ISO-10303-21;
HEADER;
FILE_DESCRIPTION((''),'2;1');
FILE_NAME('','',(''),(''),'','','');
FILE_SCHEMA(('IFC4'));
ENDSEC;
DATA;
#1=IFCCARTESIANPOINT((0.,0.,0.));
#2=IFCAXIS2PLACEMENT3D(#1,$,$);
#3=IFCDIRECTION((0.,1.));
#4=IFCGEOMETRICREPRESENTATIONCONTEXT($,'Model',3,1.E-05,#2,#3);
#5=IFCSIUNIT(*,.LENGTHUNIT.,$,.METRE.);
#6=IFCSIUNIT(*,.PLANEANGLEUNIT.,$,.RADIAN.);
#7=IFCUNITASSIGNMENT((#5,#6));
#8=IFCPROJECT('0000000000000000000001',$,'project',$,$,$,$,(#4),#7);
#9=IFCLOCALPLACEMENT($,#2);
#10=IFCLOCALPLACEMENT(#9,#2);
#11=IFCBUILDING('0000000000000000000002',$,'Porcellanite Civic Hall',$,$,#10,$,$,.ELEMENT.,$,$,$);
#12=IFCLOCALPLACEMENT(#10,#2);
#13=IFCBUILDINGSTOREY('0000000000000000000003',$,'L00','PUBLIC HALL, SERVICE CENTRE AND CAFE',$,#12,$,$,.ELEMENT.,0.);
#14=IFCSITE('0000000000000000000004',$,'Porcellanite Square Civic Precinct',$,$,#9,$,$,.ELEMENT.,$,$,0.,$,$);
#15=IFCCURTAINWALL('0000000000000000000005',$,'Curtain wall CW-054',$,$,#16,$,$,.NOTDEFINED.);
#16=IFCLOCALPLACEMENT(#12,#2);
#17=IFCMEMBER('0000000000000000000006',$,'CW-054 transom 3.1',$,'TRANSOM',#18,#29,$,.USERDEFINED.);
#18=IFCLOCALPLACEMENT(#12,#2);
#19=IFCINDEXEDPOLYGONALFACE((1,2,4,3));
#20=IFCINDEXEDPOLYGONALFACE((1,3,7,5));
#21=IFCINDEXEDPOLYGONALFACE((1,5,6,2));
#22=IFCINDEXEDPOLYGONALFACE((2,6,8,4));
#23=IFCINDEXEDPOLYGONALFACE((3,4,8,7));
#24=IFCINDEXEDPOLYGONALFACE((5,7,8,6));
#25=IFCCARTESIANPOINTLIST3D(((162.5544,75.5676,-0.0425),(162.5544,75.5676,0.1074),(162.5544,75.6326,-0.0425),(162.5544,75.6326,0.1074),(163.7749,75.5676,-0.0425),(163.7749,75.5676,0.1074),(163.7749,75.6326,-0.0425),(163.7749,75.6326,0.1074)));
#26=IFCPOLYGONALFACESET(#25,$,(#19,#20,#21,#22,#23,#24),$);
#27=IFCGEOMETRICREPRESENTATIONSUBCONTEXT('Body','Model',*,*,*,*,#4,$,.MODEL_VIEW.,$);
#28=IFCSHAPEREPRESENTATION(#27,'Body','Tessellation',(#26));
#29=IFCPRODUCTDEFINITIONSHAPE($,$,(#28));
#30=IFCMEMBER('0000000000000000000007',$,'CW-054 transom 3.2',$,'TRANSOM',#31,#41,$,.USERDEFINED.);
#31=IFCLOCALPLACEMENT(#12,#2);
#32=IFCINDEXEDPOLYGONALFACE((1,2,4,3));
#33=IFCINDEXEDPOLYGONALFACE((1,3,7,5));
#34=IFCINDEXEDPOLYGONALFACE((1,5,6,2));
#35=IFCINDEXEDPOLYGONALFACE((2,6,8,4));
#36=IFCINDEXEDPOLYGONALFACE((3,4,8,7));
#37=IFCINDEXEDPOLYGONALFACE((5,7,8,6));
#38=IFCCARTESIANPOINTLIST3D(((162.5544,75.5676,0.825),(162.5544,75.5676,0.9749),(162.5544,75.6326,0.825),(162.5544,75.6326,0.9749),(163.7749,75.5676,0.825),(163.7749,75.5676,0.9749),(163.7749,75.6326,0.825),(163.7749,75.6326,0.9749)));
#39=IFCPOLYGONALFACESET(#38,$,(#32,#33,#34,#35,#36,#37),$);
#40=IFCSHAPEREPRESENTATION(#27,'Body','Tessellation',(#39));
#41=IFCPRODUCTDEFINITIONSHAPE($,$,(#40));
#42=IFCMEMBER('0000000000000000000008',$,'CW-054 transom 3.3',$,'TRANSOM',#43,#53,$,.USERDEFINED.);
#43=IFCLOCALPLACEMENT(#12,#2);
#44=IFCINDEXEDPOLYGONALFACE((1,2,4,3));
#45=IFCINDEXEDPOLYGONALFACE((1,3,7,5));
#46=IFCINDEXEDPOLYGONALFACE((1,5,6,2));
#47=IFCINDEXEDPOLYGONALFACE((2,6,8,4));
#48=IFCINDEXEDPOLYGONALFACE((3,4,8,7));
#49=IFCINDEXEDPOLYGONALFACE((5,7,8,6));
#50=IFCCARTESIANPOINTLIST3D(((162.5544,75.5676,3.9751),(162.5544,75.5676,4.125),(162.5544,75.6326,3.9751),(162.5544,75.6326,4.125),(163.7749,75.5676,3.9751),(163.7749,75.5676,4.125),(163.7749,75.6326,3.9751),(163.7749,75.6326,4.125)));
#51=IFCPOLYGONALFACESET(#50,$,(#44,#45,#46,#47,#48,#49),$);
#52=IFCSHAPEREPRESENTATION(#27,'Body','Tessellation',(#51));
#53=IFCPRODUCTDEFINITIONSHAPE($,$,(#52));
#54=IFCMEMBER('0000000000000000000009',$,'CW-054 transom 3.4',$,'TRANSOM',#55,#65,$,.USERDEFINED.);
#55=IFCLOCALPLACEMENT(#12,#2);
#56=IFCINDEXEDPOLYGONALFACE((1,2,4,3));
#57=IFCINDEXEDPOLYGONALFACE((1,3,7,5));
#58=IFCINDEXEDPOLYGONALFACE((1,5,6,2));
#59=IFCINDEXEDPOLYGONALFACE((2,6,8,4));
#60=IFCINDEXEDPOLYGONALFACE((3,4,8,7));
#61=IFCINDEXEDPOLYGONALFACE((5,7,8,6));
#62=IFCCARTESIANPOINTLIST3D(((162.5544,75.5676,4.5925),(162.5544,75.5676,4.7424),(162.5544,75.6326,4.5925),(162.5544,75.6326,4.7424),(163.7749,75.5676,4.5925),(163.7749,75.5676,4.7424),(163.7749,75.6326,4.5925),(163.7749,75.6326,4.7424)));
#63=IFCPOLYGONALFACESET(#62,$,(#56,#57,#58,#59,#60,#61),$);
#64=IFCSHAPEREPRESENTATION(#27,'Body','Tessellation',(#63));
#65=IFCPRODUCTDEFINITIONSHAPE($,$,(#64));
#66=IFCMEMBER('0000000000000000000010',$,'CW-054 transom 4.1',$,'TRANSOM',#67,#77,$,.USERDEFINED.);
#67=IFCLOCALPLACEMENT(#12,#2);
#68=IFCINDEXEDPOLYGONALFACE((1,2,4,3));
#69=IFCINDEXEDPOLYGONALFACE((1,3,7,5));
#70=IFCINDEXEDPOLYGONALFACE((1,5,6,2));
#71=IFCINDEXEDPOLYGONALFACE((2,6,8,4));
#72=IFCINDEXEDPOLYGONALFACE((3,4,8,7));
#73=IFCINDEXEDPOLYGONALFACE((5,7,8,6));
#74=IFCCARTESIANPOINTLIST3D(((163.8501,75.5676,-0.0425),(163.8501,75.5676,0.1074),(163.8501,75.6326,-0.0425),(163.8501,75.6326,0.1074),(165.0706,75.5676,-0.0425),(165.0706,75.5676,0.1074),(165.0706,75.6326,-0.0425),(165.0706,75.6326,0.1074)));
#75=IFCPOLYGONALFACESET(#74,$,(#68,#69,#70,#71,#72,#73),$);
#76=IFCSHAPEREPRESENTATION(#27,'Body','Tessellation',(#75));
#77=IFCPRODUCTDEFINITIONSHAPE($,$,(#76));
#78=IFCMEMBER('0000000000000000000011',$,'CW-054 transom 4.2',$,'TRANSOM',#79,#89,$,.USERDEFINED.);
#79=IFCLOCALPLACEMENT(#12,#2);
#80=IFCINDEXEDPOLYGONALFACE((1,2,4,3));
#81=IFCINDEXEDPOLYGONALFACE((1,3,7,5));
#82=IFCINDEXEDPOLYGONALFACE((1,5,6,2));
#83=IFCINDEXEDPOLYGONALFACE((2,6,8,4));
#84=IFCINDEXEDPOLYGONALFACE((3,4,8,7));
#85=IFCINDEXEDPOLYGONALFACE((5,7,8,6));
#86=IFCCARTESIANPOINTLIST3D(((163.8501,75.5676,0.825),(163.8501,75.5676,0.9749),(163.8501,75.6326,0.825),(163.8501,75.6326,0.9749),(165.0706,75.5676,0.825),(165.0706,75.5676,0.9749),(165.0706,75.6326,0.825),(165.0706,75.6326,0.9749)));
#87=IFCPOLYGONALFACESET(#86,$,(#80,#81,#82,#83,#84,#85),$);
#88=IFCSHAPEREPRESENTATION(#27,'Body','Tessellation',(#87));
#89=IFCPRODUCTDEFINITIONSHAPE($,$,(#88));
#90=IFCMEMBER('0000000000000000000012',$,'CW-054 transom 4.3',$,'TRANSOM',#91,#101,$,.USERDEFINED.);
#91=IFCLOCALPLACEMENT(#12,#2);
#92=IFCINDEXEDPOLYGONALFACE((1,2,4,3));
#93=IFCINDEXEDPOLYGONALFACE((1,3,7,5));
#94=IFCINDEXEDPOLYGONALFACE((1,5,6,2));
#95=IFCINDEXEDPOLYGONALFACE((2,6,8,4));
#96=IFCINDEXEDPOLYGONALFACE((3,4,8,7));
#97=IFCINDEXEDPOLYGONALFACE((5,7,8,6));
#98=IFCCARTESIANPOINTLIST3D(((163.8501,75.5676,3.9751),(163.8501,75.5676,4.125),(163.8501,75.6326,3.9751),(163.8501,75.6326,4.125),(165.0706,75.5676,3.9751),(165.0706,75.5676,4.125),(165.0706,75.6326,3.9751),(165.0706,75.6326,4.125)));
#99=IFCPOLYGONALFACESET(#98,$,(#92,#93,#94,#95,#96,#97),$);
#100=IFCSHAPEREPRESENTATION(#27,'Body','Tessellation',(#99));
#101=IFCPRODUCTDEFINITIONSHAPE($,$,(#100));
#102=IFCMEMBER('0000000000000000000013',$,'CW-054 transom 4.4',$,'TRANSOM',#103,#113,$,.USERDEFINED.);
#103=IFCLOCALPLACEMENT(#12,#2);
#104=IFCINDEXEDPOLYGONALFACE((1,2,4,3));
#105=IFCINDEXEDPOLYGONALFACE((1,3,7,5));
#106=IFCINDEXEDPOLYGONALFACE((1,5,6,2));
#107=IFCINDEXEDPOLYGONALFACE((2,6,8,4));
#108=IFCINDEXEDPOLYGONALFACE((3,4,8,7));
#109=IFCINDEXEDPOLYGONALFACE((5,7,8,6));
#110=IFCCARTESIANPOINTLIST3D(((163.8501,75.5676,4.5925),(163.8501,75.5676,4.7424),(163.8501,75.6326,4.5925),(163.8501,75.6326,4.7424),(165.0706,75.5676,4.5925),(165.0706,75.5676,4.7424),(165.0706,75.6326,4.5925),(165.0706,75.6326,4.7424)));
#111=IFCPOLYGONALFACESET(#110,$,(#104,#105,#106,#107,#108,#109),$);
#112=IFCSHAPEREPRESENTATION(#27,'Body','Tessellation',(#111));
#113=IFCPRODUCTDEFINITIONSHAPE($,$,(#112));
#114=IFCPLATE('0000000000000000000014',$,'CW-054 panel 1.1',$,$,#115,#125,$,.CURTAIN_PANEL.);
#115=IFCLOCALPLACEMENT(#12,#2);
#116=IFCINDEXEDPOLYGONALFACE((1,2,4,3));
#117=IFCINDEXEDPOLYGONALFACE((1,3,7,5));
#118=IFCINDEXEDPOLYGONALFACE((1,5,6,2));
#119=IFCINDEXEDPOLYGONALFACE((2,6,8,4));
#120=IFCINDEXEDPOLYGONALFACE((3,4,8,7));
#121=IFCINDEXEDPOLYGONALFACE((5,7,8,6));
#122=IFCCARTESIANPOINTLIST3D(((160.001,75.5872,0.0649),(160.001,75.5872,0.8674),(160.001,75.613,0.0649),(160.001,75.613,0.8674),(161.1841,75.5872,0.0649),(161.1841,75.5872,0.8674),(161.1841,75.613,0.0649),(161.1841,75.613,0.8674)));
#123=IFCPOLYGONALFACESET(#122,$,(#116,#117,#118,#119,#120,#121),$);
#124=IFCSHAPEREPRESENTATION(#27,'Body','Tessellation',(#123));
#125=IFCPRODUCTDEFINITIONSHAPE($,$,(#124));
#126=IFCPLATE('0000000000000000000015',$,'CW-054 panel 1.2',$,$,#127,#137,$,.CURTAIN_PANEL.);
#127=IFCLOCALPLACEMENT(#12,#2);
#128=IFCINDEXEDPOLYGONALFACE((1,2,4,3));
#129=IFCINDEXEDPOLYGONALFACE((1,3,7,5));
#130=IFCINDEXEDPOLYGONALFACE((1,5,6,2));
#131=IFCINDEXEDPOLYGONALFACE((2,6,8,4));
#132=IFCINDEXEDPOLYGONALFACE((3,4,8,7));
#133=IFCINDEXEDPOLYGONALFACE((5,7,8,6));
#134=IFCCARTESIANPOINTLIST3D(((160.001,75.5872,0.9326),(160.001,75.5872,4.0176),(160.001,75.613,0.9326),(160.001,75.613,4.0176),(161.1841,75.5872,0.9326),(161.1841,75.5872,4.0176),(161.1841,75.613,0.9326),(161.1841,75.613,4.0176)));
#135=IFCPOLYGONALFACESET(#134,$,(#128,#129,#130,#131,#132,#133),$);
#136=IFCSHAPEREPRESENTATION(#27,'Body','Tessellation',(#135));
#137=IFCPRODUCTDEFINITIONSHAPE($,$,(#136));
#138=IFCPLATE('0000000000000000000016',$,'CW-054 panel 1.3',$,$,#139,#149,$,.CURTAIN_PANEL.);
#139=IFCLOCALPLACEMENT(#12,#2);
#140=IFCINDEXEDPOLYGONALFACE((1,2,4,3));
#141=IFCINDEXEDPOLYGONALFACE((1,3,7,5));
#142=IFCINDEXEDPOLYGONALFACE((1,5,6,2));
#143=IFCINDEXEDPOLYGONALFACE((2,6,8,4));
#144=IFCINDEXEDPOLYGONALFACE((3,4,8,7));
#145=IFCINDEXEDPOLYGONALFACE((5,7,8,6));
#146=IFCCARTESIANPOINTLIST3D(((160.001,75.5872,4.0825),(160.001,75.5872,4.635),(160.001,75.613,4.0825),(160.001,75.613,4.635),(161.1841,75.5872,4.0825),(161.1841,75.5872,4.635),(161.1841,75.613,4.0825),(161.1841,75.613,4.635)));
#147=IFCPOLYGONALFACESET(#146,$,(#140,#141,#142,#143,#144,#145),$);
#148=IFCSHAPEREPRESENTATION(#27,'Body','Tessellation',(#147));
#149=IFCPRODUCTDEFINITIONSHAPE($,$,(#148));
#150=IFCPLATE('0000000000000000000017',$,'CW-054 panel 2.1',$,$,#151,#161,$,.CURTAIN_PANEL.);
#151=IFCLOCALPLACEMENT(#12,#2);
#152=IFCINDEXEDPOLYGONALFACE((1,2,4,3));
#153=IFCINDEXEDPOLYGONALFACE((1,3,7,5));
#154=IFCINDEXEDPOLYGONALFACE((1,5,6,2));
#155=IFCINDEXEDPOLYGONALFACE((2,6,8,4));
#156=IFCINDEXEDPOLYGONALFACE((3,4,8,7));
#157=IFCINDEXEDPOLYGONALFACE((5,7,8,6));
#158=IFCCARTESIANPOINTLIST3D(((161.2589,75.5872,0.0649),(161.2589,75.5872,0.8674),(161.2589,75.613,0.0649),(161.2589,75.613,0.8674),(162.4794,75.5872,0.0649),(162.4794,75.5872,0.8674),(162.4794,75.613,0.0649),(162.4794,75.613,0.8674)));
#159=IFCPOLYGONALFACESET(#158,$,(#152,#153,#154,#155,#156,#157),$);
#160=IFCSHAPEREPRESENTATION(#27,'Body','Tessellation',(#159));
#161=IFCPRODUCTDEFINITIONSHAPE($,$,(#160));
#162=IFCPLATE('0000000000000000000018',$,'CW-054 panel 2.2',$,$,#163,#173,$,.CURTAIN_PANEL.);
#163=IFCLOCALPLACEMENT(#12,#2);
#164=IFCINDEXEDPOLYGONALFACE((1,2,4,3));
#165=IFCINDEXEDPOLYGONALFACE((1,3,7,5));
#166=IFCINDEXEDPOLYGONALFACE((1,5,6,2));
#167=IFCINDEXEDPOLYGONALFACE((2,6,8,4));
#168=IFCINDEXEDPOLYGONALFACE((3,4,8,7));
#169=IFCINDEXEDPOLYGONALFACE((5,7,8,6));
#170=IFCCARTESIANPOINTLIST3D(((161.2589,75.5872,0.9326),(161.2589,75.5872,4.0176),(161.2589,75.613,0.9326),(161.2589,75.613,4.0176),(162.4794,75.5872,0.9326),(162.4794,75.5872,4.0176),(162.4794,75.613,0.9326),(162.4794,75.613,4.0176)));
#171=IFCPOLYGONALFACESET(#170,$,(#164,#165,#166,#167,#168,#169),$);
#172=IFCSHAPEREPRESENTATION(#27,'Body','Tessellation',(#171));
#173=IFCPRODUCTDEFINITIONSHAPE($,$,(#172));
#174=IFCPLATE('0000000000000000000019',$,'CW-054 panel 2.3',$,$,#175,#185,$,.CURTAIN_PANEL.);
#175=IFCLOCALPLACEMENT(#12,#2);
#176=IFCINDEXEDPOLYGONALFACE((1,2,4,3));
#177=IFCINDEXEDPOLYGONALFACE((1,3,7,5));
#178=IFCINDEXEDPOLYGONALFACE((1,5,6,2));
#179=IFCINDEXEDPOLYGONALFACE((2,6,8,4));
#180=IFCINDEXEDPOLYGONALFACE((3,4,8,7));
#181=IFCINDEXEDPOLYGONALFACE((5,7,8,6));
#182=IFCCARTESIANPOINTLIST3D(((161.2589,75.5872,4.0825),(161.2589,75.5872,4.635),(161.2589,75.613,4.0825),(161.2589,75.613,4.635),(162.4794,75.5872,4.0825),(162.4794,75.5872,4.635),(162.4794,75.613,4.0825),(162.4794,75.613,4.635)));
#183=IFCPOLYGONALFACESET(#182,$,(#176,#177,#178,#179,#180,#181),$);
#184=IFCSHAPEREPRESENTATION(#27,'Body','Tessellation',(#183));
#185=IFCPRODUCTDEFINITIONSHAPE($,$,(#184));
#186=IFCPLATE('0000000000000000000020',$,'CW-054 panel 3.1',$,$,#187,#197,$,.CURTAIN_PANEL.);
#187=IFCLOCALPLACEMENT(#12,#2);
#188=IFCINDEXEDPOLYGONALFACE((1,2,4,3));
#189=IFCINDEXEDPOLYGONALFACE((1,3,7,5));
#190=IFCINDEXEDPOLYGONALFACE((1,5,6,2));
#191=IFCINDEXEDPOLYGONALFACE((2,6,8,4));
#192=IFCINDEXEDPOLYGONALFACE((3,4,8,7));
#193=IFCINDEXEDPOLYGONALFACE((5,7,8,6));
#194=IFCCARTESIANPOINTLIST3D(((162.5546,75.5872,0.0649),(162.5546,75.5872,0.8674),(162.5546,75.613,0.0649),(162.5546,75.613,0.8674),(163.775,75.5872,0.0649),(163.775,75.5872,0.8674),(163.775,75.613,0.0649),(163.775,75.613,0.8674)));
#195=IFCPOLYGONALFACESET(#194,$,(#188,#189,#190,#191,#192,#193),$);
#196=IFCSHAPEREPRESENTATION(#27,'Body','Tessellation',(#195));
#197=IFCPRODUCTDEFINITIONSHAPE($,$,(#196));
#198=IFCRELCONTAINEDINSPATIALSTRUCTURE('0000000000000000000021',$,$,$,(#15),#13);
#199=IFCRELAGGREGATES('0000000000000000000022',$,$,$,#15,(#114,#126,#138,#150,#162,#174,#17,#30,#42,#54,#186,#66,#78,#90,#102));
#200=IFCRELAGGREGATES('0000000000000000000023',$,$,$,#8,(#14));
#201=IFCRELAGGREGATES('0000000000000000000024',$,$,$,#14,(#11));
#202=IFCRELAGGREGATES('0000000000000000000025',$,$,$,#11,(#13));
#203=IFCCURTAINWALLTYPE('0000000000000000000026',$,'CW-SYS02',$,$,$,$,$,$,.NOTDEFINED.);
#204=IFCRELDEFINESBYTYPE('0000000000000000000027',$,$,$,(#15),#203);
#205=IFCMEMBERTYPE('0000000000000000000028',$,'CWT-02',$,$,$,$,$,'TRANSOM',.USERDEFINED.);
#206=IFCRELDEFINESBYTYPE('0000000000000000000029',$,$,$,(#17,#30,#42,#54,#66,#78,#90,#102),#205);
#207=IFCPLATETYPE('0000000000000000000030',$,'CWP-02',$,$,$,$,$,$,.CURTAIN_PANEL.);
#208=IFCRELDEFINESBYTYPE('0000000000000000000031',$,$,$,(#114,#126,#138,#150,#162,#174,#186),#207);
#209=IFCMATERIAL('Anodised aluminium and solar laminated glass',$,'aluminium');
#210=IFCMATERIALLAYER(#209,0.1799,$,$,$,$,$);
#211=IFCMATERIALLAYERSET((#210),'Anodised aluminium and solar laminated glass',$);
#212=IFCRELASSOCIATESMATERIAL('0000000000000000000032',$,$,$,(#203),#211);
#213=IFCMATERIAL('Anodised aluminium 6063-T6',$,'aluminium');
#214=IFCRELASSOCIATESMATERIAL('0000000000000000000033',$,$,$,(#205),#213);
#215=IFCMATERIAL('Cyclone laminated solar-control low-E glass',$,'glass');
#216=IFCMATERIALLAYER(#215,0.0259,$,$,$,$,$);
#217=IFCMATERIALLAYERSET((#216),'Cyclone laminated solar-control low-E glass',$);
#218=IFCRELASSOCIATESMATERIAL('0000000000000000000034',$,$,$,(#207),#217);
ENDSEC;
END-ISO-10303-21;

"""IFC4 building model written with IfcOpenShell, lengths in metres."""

from ifc_helpers import new_model, si_unit, direction, frame, origin, origin_2d, place, context, subcontext, project, spatial, rectangle, extrude, material, layer, layer_set, material_profile, profile_set, type_object, element, aggregate, save


model = new_model("IFC4")

# Units and contexts
model_context = context("Model", 3, precision=1e-05, world=origin(), true_north=direction((0.0, 1.0)))
body_context = subcontext(model_context, "Body", "Model", "MODEL_VIEW")
ifc_project = project(units=[si_unit("LENGTHUNIT", "METRE"), si_unit("PLANEANGLEUNIT", "RADIAN")], contexts=[model_context])

# Site, building, storey
site_placement = place(None, origin())
site = spatial("IfcSite", under=ifc_project, at=site_placement, Name="Porcellanite Square Civic Precinct", CompositionType="ELEMENT", RefElevation=0.0)
building_placement = place(site_placement, origin())
building = spatial("IfcBuilding", under=site, at=building_placement, Name="Porcellanite Civic Hall", CompositionType="ELEMENT")
storey_placement = place(building_placement, origin())
storey = spatial("IfcBuildingStorey", under=building, at=storey_placement, Name="L00", Description="PUBLIC HALL, SERVICE CENTRE AND CAFE", CompositionType="ELEMENT", Elevation=0.0)

# Curtain wall, members, plates
ifc_material_1 = material(Name="Anodised aluminium and solar laminated glass", Category="aluminium")
ifc_layer_1 = layer(ifc_material_1, 0.1799)
ifc_layer_set_1 = layer_set([ifc_layer_1], Name="Anodised aluminium and solar laminated glass")
curtain_wall_type = type_object("IfcCurtainWallType", Name="CW-SYS02", PredefinedType="NOTDEFINED", material=ifc_layer_set_1)
curtain_wall_placement = place(storey_placement, origin())
curtain_wall = element("IfcCurtainWall", 1, at=curtain_wall_placement, inside=storey, type_object=curtain_wall_type, Name="Curtain wall CW-054", PredefinedType="NOTDEFINED")
ifc_material_2 = material(Name="Anodised aluminium 6063-T6", Category="aluminium")
ifc_material_profile_1 = material_profile(ifc_material_2, rectangle(XDim=0.0649, YDim=0.1499, at=origin_2d()), Name="AL-65x150")
ifc_profile_set_1 = profile_set([ifc_material_profile_1], Name="Anodised aluminium 6063-T6")
member_type_1 = type_object("IfcMemberType", Name="CWT-02", ElementType="TRANSOM", PredefinedType="USERDEFINED", material=ifc_profile_set_1)
member_1_placement = place(storey_placement, frame((162.5544, 75.6001, 0.0325), z_axis=(1.0, 0.0, 0.0), x_axis=(0.0, 1.0, 0.0)))
member_1 = element("IfcMember", 2, at=member_1_placement, type_object=member_type_1, Name="CW-054 transom 3.1", ObjectType="TRANSOM", PredefinedType="USERDEFINED", context=body_context, shape_type="SweptSolid", body=[
    extrude(rectangle(XDim=0.0649, YDim=0.1499, at=origin_2d()), origin(), (0.0, 0.0, 1.0), 1.2205),
])
member_2_placement = place(storey_placement, frame((162.5544, 75.6001, 0.8999), z_axis=(1.0, 0.0, 0.0), x_axis=(0.0, 1.0, 0.0)))
member_2 = element("IfcMember", 3, at=member_2_placement, type_object=member_type_1, Name="CW-054 transom 3.2", ObjectType="TRANSOM", PredefinedType="USERDEFINED", context=body_context, shape_type="SweptSolid", body=[
    extrude(rectangle(XDim=0.0649, YDim=0.1499, at=origin_2d()), origin(), (0.0, 0.0, 1.0), 1.2205),
])
member_3_placement = place(storey_placement, frame((162.5544, 75.6001, 4.05), z_axis=(1.0, 0.0, 0.0), x_axis=(0.0, 1.0, 0.0)))
member_3 = element("IfcMember", 4, at=member_3_placement, type_object=member_type_1, Name="CW-054 transom 3.3", ObjectType="TRANSOM", PredefinedType="USERDEFINED", context=body_context, shape_type="SweptSolid", body=[
    extrude(rectangle(XDim=0.0649, YDim=0.1499, at=origin_2d()), origin(), (0.0, 0.0, 1.0), 1.2205),
])
member_4_placement = place(storey_placement, frame((162.5544, 75.6001, 4.6675), z_axis=(1.0, 0.0, 0.0), x_axis=(0.0, 1.0, 0.0)))
member_4 = element("IfcMember", 5, at=member_4_placement, type_object=member_type_1, Name="CW-054 transom 3.4", ObjectType="TRANSOM", PredefinedType="USERDEFINED", context=body_context, shape_type="SweptSolid", body=[
    extrude(rectangle(XDim=0.0649, YDim=0.1499, at=origin_2d()), origin(), (0.0, 0.0, 1.0), 1.2205),
])
member_5_placement = place(storey_placement, frame((163.8501, 75.6001, 0.0325), z_axis=(1.0, 0.0, 0.0), x_axis=(0.0, 1.0, 0.0)))
member_5 = element("IfcMember", 6, at=member_5_placement, type_object=member_type_1, Name="CW-054 transom 4.1", ObjectType="TRANSOM", PredefinedType="USERDEFINED", context=body_context, shape_type="SweptSolid", body=[
    extrude(rectangle(XDim=0.0649, YDim=0.1499, at=origin_2d()), origin(), (0.0, 0.0, 1.0), 1.2205),
])
member_6_placement = place(storey_placement, frame((163.8501, 75.6001, 0.8999), z_axis=(1.0, 0.0, 0.0), x_axis=(0.0, 1.0, 0.0)))
member_6 = element("IfcMember", 7, at=member_6_placement, type_object=member_type_1, Name="CW-054 transom 4.2", ObjectType="TRANSOM", PredefinedType="USERDEFINED", context=body_context, shape_type="SweptSolid", body=[
    extrude(rectangle(XDim=0.0649, YDim=0.1499, at=origin_2d()), origin(), (0.0, 0.0, 1.0), 1.2205),
])
member_7_placement = place(storey_placement, frame((163.8501, 75.6001, 4.05), z_axis=(1.0, 0.0, 0.0), x_axis=(0.0, 1.0, 0.0)))
member_7 = element("IfcMember", 8, at=member_7_placement, type_object=member_type_1, Name="CW-054 transom 4.3", ObjectType="TRANSOM", PredefinedType="USERDEFINED", context=body_context, shape_type="SweptSolid", body=[
    extrude(rectangle(XDim=0.0649, YDim=0.1499, at=origin_2d()), origin(), (0.0, 0.0, 1.0), 1.2205),
])
member_8_placement = place(storey_placement, frame((163.8501, 75.6001, 4.6675), z_axis=(1.0, 0.0, 0.0), x_axis=(0.0, 1.0, 0.0)))
member_8 = element("IfcMember", 9, at=member_8_placement, type_object=member_type_1, Name="CW-054 transom 4.4", ObjectType="TRANSOM", PredefinedType="USERDEFINED", context=body_context, shape_type="SweptSolid", body=[
    extrude(rectangle(XDim=0.0649, YDim=0.1499, at=origin_2d()), origin(), (0.0, 0.0, 1.0), 1.2205),
])
ifc_material_3 = material(Name="Cyclone laminated solar-control low-E glass", Category="glass")
ifc_layer_2 = layer(ifc_material_3, 0.0259)
ifc_layer_set_2 = layer_set([ifc_layer_2], Name="Cyclone laminated solar-control low-E glass")
plate_type = type_object("IfcPlateType", Name="CWP-02", PredefinedType="CURTAIN_PANEL", material=ifc_layer_set_2)
plate_1_placement = place(storey_placement, frame((160.5925, 75.6001, 0.0649), z_axis=(0.0, 0.0, 1.0), x_axis=(1.0, 0.0, 0.0)))
plate_1 = element("IfcPlate", 10, at=plate_1_placement, type_object=plate_type, Name="CW-054 panel 1.1", PredefinedType="CURTAIN_PANEL", context=body_context, shape_type="SweptSolid", body=[
    extrude(rectangle(XDim=1.1831, YDim=0.0259, at=origin_2d()), origin(), (0.0, 0.0, 1.0), 0.8025),
])
plate_2_placement = place(storey_placement, frame((160.5925, 75.6001, 0.9326), z_axis=(0.0, 0.0, 1.0), x_axis=(1.0, 0.0, 0.0)))
plate_2 = element("IfcPlate", 11, at=plate_2_placement, type_object=plate_type, Name="CW-054 panel 1.2", PredefinedType="CURTAIN_PANEL", context=body_context, shape_type="SweptSolid", body=[
    extrude(rectangle(XDim=1.1831, YDim=0.0259, at=origin_2d()), origin(), (0.0, 0.0, 1.0), 3.085),
])
plate_3_placement = place(storey_placement, frame((160.5925, 75.6001, 4.0825), z_axis=(0.0, 0.0, 1.0), x_axis=(1.0, 0.0, 0.0)))
plate_3 = element("IfcPlate", 12, at=plate_3_placement, type_object=plate_type, Name="CW-054 panel 1.3", PredefinedType="CURTAIN_PANEL", context=body_context, shape_type="SweptSolid", body=[
    extrude(rectangle(XDim=1.1831, YDim=0.0259, at=origin_2d()), origin(), (0.0, 0.0, 1.0), 0.5525),
])
plate_4_placement = place(storey_placement, frame((161.8691, 75.6001, 0.0649), z_axis=(0.0, 0.0, 1.0), x_axis=(1.0, 0.0, 0.0)))
plate_4 = element("IfcPlate", 13, at=plate_4_placement, type_object=plate_type, Name="CW-054 panel 2.1", PredefinedType="CURTAIN_PANEL", context=body_context, shape_type="SweptSolid", body=[
    extrude(rectangle(XDim=1.2205, YDim=0.0259, at=origin_2d()), origin(), (0.0, 0.0, 1.0), 0.8025),
])
plate_5_placement = place(storey_placement, frame((161.8691, 75.6001, 0.9326), z_axis=(0.0, 0.0, 1.0), x_axis=(1.0, 0.0, 0.0)))
plate_5 = element("IfcPlate", 14, at=plate_5_placement, type_object=plate_type, Name="CW-054 panel 2.2", PredefinedType="CURTAIN_PANEL", context=body_context, shape_type="SweptSolid", body=[
    extrude(rectangle(XDim=1.2205, YDim=0.0259, at=origin_2d()), origin(), (0.0, 0.0, 1.0), 3.085),
])
plate_6_placement = place(storey_placement, frame((161.8691, 75.6001, 4.0825), z_axis=(0.0, 0.0, 1.0), x_axis=(1.0, 0.0, 0.0)))
plate_6 = element("IfcPlate", 15, at=plate_6_placement, type_object=plate_type, Name="CW-054 panel 2.3", PredefinedType="CURTAIN_PANEL", context=body_context, shape_type="SweptSolid", body=[
    extrude(rectangle(XDim=1.2205, YDim=0.0259, at=origin_2d()), origin(), (0.0, 0.0, 1.0), 0.5525),
])
plate_7_placement = place(storey_placement, frame((163.1648, 75.6001, 0.0649), z_axis=(0.0, 0.0, 1.0), x_axis=(1.0, 0.0, 0.0)))
plate_7 = element("IfcPlate", 16, at=plate_7_placement, type_object=plate_type, Name="CW-054 panel 3.1", PredefinedType="CURTAIN_PANEL", context=body_context, shape_type="SweptSolid", body=[
    extrude(rectangle(XDim=1.2205, YDim=0.0259, at=origin_2d()), origin(), (0.0, 0.0, 1.0), 0.8025),
])
aggregate(curtain_wall, [plate_1, plate_2, plate_3, plate_4, plate_5, plate_6, member_1, member_2, member_3, member_4, plate_7, member_5, member_6, member_7, member_8])

save(model, "model.ifc")
